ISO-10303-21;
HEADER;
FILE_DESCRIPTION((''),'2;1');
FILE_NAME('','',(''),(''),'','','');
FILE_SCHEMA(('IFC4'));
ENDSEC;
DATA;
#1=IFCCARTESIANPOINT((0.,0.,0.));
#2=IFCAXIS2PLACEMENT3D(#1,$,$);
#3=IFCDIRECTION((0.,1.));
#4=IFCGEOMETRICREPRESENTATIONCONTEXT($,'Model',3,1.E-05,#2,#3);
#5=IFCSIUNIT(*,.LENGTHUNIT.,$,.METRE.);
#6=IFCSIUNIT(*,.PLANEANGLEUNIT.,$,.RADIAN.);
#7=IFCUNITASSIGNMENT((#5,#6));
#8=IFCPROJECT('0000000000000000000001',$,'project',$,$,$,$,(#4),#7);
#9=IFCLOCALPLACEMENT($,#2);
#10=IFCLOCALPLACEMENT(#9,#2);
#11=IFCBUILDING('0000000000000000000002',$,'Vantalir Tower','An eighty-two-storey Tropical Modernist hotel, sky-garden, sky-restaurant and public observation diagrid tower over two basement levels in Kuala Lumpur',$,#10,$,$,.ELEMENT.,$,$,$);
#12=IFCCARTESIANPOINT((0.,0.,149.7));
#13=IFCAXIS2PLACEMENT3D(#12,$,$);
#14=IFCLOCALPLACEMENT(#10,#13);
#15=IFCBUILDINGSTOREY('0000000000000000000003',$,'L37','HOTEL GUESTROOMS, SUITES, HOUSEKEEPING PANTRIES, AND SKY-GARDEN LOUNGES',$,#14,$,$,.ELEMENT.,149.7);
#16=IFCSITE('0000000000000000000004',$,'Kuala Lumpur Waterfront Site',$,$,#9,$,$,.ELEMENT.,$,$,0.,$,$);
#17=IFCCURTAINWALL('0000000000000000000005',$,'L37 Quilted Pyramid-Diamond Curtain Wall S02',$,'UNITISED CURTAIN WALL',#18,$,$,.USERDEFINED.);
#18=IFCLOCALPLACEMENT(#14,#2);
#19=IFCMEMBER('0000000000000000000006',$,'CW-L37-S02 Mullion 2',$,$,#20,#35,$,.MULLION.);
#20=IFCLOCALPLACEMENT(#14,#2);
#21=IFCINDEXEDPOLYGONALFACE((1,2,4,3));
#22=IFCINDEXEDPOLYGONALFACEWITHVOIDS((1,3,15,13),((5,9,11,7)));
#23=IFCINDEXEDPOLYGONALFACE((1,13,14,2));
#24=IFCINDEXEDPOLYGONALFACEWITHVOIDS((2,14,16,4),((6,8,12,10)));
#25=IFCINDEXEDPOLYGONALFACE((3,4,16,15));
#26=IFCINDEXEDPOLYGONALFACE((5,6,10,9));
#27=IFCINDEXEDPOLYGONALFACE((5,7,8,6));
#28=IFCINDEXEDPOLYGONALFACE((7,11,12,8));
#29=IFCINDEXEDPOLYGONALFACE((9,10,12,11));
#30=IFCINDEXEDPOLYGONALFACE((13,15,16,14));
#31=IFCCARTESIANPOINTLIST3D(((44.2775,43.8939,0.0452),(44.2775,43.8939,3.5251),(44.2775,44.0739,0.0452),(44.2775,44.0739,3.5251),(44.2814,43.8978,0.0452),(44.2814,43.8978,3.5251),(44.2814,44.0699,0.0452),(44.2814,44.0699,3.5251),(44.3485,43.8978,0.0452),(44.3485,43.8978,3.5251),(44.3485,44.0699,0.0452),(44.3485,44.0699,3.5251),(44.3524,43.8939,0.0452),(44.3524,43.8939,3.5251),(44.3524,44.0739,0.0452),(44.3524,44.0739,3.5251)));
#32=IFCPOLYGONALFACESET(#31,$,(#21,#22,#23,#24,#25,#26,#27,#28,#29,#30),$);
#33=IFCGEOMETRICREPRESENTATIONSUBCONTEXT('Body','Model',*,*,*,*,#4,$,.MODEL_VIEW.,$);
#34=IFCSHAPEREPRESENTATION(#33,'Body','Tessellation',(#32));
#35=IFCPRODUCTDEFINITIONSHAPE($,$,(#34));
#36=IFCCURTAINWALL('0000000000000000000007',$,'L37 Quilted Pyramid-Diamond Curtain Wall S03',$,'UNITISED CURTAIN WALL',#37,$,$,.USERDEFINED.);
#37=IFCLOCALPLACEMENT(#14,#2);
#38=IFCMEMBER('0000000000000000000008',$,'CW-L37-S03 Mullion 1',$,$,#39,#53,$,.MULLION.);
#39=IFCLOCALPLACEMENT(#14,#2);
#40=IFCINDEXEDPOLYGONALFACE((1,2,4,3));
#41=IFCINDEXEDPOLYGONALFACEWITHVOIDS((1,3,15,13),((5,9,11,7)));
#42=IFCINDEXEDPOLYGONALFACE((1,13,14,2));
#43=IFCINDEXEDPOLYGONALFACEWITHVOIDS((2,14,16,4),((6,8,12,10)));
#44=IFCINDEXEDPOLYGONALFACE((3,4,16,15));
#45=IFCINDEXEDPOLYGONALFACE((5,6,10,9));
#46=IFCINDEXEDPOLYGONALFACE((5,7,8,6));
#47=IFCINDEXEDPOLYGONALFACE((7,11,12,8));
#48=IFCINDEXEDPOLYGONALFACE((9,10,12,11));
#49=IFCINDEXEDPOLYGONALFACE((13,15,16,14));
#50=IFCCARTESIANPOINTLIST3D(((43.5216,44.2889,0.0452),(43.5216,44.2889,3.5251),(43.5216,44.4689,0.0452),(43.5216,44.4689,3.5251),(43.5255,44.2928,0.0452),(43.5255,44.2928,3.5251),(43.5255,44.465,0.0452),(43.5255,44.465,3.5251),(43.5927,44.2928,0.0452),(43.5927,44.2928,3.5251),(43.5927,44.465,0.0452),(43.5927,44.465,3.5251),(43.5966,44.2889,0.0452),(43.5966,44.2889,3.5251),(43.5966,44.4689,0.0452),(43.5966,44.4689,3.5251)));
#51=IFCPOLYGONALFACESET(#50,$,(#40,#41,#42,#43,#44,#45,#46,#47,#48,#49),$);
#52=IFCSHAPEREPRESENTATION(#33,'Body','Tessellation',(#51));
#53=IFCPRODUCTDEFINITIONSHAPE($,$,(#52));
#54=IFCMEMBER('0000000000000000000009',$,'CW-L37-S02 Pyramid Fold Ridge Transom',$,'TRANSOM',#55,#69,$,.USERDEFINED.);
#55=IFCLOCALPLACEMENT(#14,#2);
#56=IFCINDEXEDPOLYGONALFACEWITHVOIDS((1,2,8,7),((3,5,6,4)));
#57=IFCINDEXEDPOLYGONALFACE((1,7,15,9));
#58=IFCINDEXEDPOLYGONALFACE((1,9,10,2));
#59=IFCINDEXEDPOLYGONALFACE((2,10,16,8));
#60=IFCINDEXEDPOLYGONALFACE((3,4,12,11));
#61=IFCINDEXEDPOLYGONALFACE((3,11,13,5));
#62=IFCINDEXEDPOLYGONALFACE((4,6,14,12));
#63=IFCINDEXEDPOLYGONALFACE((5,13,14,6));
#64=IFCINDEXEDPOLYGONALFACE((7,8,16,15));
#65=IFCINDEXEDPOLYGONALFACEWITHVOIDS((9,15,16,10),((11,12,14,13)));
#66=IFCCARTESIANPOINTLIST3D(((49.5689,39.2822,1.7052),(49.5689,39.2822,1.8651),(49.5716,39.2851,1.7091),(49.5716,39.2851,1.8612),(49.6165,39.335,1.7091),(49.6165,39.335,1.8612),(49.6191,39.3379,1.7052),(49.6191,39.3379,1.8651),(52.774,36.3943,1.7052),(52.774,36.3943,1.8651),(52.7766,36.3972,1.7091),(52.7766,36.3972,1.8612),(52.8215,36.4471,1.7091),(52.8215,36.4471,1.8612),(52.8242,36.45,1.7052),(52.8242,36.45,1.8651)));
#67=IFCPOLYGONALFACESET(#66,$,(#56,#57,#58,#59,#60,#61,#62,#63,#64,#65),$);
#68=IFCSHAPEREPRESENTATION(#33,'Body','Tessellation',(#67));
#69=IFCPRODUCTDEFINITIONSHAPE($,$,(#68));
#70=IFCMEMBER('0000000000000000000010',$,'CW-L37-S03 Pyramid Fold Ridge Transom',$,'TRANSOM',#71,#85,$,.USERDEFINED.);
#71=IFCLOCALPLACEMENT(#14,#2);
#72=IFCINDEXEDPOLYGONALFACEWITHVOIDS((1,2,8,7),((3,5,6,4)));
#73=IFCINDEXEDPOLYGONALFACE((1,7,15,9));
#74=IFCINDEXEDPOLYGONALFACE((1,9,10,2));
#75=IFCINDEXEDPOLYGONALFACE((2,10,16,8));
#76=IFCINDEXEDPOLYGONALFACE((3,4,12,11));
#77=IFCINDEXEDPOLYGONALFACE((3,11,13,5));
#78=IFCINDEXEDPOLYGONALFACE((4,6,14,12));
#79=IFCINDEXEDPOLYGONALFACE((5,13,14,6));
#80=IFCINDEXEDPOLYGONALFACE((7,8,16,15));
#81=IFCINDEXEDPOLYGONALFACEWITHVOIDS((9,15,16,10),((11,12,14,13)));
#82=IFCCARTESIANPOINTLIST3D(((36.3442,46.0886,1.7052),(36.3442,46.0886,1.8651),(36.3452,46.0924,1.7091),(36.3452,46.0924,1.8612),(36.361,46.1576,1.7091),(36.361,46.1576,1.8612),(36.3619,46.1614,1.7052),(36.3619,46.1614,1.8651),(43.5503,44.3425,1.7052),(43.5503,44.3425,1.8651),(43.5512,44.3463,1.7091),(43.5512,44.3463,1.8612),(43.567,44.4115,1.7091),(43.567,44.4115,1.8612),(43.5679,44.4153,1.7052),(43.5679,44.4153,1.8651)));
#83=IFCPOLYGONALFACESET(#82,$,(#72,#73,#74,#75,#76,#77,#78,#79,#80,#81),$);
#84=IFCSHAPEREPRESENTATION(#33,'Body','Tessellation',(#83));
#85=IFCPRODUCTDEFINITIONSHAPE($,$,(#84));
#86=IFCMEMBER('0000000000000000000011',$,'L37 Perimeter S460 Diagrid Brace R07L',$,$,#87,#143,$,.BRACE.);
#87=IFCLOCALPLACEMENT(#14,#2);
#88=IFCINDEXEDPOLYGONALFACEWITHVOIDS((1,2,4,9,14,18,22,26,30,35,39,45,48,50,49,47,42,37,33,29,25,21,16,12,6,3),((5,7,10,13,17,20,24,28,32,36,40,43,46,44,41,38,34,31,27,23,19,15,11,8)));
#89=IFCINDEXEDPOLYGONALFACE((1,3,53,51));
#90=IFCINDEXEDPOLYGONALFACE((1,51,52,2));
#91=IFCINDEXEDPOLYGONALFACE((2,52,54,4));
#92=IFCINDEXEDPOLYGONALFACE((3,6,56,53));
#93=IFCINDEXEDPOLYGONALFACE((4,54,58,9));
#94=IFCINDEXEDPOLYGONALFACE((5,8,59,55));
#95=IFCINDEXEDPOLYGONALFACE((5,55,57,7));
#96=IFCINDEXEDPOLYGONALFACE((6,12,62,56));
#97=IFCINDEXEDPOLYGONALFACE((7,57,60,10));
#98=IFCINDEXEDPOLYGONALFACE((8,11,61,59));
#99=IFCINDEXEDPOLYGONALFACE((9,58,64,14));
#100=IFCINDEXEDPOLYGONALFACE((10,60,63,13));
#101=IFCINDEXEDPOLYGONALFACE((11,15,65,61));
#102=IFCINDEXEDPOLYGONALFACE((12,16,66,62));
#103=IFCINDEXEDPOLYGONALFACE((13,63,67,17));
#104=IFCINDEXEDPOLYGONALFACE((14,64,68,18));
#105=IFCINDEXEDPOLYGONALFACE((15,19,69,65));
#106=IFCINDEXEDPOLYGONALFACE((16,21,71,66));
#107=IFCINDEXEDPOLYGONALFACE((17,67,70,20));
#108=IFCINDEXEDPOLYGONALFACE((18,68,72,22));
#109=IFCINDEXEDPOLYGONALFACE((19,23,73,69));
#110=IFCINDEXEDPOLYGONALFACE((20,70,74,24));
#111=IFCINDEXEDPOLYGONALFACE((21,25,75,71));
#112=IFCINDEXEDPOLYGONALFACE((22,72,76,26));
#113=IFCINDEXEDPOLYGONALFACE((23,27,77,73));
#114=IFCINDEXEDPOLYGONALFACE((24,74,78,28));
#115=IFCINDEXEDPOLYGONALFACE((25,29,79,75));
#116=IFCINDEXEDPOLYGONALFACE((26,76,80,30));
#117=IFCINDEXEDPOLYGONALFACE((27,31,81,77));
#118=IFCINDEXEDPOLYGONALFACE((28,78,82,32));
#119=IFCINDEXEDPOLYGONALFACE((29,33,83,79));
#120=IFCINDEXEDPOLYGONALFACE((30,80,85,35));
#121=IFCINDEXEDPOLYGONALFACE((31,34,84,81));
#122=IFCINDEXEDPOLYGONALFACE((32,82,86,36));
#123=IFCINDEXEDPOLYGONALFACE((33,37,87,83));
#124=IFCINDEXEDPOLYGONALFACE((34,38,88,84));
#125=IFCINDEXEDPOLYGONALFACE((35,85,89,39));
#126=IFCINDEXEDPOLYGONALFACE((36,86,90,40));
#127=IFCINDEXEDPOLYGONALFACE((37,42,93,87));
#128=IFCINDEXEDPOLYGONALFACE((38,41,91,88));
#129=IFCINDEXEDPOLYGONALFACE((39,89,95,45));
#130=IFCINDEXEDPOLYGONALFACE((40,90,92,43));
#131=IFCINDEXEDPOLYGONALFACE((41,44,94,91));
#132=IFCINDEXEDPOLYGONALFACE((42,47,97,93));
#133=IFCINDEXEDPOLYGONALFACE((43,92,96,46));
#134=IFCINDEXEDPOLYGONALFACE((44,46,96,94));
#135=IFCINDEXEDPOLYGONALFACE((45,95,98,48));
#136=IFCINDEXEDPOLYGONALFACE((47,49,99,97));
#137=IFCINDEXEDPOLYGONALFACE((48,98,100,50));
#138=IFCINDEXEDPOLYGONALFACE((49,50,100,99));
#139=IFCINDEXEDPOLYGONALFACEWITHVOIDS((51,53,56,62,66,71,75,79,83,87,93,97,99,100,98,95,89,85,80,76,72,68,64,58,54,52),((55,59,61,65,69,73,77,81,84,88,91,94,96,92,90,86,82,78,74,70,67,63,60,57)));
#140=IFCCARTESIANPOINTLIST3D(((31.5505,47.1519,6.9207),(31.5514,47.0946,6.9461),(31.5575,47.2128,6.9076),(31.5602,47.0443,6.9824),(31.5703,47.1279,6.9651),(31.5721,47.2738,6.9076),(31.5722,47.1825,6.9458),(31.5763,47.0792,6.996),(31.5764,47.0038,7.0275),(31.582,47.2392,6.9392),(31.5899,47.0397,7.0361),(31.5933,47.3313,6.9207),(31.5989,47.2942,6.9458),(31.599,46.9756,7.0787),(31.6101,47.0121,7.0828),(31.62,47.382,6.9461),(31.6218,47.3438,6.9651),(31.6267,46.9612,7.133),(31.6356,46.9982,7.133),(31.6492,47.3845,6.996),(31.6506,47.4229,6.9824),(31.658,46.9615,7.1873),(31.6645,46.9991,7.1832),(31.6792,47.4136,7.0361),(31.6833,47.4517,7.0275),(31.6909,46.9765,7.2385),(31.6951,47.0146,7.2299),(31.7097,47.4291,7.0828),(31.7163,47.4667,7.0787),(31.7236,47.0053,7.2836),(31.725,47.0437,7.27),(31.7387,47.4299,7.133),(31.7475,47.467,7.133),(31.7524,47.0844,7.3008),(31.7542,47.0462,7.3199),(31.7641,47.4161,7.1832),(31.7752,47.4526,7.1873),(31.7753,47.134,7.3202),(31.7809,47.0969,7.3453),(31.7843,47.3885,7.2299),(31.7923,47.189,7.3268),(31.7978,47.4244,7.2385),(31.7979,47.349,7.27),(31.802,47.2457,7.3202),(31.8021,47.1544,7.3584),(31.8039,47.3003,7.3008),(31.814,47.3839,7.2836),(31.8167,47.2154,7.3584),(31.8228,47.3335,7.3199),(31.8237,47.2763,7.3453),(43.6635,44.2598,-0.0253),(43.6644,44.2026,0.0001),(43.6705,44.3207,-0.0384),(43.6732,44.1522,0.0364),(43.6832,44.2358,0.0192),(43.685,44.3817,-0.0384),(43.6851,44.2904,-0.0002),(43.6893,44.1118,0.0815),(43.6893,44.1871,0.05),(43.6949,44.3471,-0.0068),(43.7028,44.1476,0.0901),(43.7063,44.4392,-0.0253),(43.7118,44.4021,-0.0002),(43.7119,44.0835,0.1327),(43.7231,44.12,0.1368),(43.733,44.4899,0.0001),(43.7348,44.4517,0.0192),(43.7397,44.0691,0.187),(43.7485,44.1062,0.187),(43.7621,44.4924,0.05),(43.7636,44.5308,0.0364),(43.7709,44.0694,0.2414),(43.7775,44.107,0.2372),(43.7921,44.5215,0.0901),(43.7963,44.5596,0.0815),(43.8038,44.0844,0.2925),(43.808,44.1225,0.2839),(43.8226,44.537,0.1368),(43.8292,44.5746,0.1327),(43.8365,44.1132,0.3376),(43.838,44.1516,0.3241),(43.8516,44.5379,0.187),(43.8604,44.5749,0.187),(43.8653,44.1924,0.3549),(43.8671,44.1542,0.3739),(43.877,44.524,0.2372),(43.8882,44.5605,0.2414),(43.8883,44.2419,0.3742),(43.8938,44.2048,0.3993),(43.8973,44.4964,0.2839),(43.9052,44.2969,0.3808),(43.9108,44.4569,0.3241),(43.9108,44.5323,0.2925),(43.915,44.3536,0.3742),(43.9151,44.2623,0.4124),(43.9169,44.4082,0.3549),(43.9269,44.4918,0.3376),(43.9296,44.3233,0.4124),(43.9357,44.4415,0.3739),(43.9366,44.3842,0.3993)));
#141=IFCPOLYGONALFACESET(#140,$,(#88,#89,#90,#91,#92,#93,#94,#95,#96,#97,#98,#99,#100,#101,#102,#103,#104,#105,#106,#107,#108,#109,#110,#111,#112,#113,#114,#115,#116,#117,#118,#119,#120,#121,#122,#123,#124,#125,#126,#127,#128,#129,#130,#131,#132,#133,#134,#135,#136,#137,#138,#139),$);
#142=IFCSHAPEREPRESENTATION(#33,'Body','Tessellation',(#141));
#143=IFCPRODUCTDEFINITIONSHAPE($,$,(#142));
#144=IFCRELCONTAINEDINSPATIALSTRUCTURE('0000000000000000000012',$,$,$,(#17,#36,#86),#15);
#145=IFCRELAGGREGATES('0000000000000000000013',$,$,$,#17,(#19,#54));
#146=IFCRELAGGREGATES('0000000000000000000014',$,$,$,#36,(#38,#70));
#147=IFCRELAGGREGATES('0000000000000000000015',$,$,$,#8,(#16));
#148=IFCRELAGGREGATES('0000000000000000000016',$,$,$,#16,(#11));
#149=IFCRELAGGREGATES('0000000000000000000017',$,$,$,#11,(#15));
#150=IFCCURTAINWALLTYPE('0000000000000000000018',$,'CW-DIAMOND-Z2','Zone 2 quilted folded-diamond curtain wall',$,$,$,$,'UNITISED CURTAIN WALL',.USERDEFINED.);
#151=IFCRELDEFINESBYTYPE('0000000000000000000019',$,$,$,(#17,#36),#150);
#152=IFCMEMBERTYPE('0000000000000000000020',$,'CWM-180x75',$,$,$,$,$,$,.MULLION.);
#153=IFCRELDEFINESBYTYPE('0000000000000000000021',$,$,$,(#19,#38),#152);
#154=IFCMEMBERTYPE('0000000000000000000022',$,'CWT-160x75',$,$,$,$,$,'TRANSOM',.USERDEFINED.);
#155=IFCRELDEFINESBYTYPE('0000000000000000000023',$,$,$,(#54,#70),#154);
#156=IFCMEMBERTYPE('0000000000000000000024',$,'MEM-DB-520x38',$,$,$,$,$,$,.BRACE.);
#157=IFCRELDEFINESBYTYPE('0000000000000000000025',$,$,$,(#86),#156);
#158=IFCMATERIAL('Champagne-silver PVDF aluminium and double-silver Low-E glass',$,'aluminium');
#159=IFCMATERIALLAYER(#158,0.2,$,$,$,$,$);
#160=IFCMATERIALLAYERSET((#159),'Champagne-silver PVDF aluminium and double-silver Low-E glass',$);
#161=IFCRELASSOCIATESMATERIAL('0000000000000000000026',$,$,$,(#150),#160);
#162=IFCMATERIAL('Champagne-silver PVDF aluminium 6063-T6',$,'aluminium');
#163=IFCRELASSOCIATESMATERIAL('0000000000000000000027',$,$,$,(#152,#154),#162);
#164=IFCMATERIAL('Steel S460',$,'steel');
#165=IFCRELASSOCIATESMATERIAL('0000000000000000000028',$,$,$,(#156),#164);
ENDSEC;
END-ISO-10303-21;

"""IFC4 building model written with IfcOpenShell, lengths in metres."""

from ifc_helpers import new_model, si_unit, direction, frame, origin, origin_2d, place, context, subcontext, project, spatial, hollow_rectangle, hollow_circle, extrude, material, layer, layer_set, material_profile, profile_set, type_object, element, aggregate, save


model = new_model("IFC4")

# Units and contexts
model_context = context("Model", 3, precision=1e-05, world=origin(), true_north=direction((0.0, 1.0)))
body_context = subcontext(model_context, "Body", "Model", "MODEL_VIEW")
ifc_project = project(units=[si_unit("LENGTHUNIT", "METRE"), si_unit("PLANEANGLEUNIT", "RADIAN")], contexts=[model_context])

# Site, building, storey
site_placement = place(None, origin())
site = spatial("IfcSite", under=ifc_project, at=site_placement, Name="Kuala Lumpur Waterfront Site", CompositionType="ELEMENT", RefElevation=0.0)
building_placement = place(site_placement, origin())
building = spatial("IfcBuilding", under=site, at=building_placement, Name="Vantalir Tower", Description="An eighty-two-storey Tropical Modernist hotel, sky-garden, sky-restaurant and public observation diagrid tower over two basement levels in Kuala Lumpur", CompositionType="ELEMENT")
storey_placement = place(building_placement, frame((0.0, 0.0, 149.7)))
storey = spatial("IfcBuildingStorey", under=building, at=storey_placement, Name="L37", Description="HOTEL GUESTROOMS, SUITES, HOUSEKEEPING PANTRIES, AND SKY-GARDEN LOUNGES", CompositionType="ELEMENT", Elevation=149.7)

# Shared definitions
ifc_material_1 = material(Name="Steel S460", Category="steel")

# Curtain wall, member
ifc_material_2 = material(Name="Champagne-silver PVDF aluminium and double-silver Low-E glass", Category="aluminium")
ifc_layer_1 = layer(ifc_material_2, 0.2)
ifc_layer_set_1 = layer_set([ifc_layer_1], Name="Champagne-silver PVDF aluminium and double-silver Low-E glass")
curtain_wall_type = type_object("IfcCurtainWallType", Name="CW-DIAMOND-Z2", Description="Zone 2 quilted folded-diamond curtain wall", ElementType="UNITISED CURTAIN WALL", PredefinedType="USERDEFINED", material=ifc_layer_set_1)
curtain_wall_1_placement = place(storey_placement, origin())
curtain_wall_1 = element("IfcCurtainWall", 1, at=curtain_wall_1_placement, inside=storey, type_object=curtain_wall_type, Name="L37 Quilted Pyramid-Diamond Curtain Wall S02", ObjectType="UNITISED CURTAIN WALL", PredefinedType="USERDEFINED")
ifc_material_3 = material(Name="Champagne-silver PVDF aluminium 6063-T6", Category="aluminium")
ifc_material_profile_1 = material_profile(ifc_material_3, hollow_rectangle(XDim=0.075, YDim=0.1799, WallThickness=0.0039, at=origin_2d()), Name="Champagne-silver PVDF aluminium 6063-T6")
ifc_profile_set_1 = profile_set([ifc_material_profile_1], Name="Champagne-silver PVDF aluminium 6063-T6")
member_type_1 = type_object("IfcMemberType", Name="CWM-180x75", PredefinedType="MULLION", material=ifc_profile_set_1)
member_1_placement = place(storey_placement, frame((44.3149, 43.9839, 0.0452), z_axis=(0.0, 0.0, 1.0), x_axis=(1.0, 0.0, 0.0)))
member_1 = element("IfcMember", 2, at=member_1_placement, type_object=member_type_1, Name="CW-L37-S02 Mullion 2", PredefinedType="MULLION", context=body_context, shape_type="SweptSolid", body=[
    extrude(hollow_rectangle(XDim=0.075, YDim=0.1799, WallThickness=0.0039, at=origin_2d()), origin(), (0.0, 0.0, 1.0), 3.48),
])

# Curtain wall, member
curtain_wall_2_placement = place(storey_placement, origin())
curtain_wall_2 = element("IfcCurtainWall", 3, at=curtain_wall_2_placement, inside=storey, type_object=curtain_wall_type, Name="L37 Quilted Pyramid-Diamond Curtain Wall S03", ObjectType="UNITISED CURTAIN WALL", PredefinedType="USERDEFINED")
member_2_placement = place(storey_placement, frame((43.5591, 44.3789, 0.0452), z_axis=(0.0, 0.0, 1.0), x_axis=(1.0, 0.0, 0.0)))
member_2 = element("IfcMember", 4, at=member_2_placement, type_object=member_type_1, Name="CW-L37-S03 Mullion 1", PredefinedType="MULLION", context=body_context, shape_type="SweptSolid", body=[
    extrude(hollow_rectangle(XDim=0.075, YDim=0.1799, WallThickness=0.0039, at=origin_2d()), origin(), (0.0, 0.0, 1.0), 3.48),
])

# Members
ifc_material_profile_2 = material_profile(ifc_material_3, hollow_rectangle(XDim=0.075, YDim=0.1599, WallThickness=0.0039, at=origin_2d()), Name="Champagne-silver PVDF aluminium 6063-T6")
ifc_profile_set_2 = profile_set([ifc_material_profile_2], Name="Champagne-silver PVDF aluminium 6063-T6")
member_type_2 = type_object("IfcMemberType", Name="CWT-160x75", ElementType="TRANSOM", PredefinedType="USERDEFINED", material=ifc_profile_set_2)
member_3_placement = place(storey_placement, frame((52.7991, 36.4221, 1.7852), z_axis=(-0.742906, 0.669396, 0.0), x_axis=(-0.669396, -0.742906, 0.0)))
member_3 = element("IfcMember", 5, at=member_3_placement, type_object=member_type_2, Name="CW-L37-S02 Pyramid Fold Ridge Transom", ObjectType="TRANSOM", PredefinedType="USERDEFINED", context=body_context, shape_type="SweptSolid", body=[
    extrude(hollow_rectangle(XDim=0.075, YDim=0.1599, WallThickness=0.0039, at=origin_2d()), origin(), (0.0, 0.0, 1.0), 4.3142),
])
member_4_placement = place(storey_placement, frame((43.5591, 44.3789, 1.7852), z_axis=(-0.971876, 0.235494, 0.0), x_axis=(-0.235494, -0.971876, 0.0)))
member_4 = element("IfcMember", 6, at=member_4_placement, type_object=member_type_2, Name="CW-L37-S03 Pyramid Fold Ridge Transom", ObjectType="TRANSOM", PredefinedType="USERDEFINED", context=body_context, shape_type="SweptSolid", body=[
    extrude(hollow_rectangle(XDim=0.075, YDim=0.1599, WallThickness=0.0039, at=origin_2d()), origin(), (0.0, 0.0, 1.0), 7.4146),
])

# Member
ifc_material_profile_3 = material_profile(ifc_material_1, hollow_circle(Radius=0.26, WallThickness=0.0381, at=origin_2d()), Name="Steel S460")
ifc_profile_set_3 = profile_set([ifc_material_profile_3], Name="Steel S460")
member_type_3 = type_object("IfcMemberType", Name="MEM-DB-520x38", PredefinedType="BRACE", material=ifc_profile_set_3)
member_5_placement = place(storey_placement, frame((43.8, 44.322, 0.187), z_axis=(-0.849463, 0.202816, 0.487112), x_axis=(-0.232231, -0.972661, 0.0)))
element("IfcMember", 7, at=member_5_placement, inside=storey, type_object=member_type_3, Name="L37 Perimeter S460 Diagrid Brace R07L", PredefinedType="BRACE", context=body_context, shape_type="SweptSolid", body=[
    extrude(hollow_circle(Radius=0.26, WallThickness=0.0381, at=origin_2d()), origin(), (0.0, 0.0, 1.0), 14.2595),
])

aggregate(curtain_wall_1, [member_1, member_3])
aggregate(curtain_wall_2, [member_2, member_4])

save(model, "model.ifc")
